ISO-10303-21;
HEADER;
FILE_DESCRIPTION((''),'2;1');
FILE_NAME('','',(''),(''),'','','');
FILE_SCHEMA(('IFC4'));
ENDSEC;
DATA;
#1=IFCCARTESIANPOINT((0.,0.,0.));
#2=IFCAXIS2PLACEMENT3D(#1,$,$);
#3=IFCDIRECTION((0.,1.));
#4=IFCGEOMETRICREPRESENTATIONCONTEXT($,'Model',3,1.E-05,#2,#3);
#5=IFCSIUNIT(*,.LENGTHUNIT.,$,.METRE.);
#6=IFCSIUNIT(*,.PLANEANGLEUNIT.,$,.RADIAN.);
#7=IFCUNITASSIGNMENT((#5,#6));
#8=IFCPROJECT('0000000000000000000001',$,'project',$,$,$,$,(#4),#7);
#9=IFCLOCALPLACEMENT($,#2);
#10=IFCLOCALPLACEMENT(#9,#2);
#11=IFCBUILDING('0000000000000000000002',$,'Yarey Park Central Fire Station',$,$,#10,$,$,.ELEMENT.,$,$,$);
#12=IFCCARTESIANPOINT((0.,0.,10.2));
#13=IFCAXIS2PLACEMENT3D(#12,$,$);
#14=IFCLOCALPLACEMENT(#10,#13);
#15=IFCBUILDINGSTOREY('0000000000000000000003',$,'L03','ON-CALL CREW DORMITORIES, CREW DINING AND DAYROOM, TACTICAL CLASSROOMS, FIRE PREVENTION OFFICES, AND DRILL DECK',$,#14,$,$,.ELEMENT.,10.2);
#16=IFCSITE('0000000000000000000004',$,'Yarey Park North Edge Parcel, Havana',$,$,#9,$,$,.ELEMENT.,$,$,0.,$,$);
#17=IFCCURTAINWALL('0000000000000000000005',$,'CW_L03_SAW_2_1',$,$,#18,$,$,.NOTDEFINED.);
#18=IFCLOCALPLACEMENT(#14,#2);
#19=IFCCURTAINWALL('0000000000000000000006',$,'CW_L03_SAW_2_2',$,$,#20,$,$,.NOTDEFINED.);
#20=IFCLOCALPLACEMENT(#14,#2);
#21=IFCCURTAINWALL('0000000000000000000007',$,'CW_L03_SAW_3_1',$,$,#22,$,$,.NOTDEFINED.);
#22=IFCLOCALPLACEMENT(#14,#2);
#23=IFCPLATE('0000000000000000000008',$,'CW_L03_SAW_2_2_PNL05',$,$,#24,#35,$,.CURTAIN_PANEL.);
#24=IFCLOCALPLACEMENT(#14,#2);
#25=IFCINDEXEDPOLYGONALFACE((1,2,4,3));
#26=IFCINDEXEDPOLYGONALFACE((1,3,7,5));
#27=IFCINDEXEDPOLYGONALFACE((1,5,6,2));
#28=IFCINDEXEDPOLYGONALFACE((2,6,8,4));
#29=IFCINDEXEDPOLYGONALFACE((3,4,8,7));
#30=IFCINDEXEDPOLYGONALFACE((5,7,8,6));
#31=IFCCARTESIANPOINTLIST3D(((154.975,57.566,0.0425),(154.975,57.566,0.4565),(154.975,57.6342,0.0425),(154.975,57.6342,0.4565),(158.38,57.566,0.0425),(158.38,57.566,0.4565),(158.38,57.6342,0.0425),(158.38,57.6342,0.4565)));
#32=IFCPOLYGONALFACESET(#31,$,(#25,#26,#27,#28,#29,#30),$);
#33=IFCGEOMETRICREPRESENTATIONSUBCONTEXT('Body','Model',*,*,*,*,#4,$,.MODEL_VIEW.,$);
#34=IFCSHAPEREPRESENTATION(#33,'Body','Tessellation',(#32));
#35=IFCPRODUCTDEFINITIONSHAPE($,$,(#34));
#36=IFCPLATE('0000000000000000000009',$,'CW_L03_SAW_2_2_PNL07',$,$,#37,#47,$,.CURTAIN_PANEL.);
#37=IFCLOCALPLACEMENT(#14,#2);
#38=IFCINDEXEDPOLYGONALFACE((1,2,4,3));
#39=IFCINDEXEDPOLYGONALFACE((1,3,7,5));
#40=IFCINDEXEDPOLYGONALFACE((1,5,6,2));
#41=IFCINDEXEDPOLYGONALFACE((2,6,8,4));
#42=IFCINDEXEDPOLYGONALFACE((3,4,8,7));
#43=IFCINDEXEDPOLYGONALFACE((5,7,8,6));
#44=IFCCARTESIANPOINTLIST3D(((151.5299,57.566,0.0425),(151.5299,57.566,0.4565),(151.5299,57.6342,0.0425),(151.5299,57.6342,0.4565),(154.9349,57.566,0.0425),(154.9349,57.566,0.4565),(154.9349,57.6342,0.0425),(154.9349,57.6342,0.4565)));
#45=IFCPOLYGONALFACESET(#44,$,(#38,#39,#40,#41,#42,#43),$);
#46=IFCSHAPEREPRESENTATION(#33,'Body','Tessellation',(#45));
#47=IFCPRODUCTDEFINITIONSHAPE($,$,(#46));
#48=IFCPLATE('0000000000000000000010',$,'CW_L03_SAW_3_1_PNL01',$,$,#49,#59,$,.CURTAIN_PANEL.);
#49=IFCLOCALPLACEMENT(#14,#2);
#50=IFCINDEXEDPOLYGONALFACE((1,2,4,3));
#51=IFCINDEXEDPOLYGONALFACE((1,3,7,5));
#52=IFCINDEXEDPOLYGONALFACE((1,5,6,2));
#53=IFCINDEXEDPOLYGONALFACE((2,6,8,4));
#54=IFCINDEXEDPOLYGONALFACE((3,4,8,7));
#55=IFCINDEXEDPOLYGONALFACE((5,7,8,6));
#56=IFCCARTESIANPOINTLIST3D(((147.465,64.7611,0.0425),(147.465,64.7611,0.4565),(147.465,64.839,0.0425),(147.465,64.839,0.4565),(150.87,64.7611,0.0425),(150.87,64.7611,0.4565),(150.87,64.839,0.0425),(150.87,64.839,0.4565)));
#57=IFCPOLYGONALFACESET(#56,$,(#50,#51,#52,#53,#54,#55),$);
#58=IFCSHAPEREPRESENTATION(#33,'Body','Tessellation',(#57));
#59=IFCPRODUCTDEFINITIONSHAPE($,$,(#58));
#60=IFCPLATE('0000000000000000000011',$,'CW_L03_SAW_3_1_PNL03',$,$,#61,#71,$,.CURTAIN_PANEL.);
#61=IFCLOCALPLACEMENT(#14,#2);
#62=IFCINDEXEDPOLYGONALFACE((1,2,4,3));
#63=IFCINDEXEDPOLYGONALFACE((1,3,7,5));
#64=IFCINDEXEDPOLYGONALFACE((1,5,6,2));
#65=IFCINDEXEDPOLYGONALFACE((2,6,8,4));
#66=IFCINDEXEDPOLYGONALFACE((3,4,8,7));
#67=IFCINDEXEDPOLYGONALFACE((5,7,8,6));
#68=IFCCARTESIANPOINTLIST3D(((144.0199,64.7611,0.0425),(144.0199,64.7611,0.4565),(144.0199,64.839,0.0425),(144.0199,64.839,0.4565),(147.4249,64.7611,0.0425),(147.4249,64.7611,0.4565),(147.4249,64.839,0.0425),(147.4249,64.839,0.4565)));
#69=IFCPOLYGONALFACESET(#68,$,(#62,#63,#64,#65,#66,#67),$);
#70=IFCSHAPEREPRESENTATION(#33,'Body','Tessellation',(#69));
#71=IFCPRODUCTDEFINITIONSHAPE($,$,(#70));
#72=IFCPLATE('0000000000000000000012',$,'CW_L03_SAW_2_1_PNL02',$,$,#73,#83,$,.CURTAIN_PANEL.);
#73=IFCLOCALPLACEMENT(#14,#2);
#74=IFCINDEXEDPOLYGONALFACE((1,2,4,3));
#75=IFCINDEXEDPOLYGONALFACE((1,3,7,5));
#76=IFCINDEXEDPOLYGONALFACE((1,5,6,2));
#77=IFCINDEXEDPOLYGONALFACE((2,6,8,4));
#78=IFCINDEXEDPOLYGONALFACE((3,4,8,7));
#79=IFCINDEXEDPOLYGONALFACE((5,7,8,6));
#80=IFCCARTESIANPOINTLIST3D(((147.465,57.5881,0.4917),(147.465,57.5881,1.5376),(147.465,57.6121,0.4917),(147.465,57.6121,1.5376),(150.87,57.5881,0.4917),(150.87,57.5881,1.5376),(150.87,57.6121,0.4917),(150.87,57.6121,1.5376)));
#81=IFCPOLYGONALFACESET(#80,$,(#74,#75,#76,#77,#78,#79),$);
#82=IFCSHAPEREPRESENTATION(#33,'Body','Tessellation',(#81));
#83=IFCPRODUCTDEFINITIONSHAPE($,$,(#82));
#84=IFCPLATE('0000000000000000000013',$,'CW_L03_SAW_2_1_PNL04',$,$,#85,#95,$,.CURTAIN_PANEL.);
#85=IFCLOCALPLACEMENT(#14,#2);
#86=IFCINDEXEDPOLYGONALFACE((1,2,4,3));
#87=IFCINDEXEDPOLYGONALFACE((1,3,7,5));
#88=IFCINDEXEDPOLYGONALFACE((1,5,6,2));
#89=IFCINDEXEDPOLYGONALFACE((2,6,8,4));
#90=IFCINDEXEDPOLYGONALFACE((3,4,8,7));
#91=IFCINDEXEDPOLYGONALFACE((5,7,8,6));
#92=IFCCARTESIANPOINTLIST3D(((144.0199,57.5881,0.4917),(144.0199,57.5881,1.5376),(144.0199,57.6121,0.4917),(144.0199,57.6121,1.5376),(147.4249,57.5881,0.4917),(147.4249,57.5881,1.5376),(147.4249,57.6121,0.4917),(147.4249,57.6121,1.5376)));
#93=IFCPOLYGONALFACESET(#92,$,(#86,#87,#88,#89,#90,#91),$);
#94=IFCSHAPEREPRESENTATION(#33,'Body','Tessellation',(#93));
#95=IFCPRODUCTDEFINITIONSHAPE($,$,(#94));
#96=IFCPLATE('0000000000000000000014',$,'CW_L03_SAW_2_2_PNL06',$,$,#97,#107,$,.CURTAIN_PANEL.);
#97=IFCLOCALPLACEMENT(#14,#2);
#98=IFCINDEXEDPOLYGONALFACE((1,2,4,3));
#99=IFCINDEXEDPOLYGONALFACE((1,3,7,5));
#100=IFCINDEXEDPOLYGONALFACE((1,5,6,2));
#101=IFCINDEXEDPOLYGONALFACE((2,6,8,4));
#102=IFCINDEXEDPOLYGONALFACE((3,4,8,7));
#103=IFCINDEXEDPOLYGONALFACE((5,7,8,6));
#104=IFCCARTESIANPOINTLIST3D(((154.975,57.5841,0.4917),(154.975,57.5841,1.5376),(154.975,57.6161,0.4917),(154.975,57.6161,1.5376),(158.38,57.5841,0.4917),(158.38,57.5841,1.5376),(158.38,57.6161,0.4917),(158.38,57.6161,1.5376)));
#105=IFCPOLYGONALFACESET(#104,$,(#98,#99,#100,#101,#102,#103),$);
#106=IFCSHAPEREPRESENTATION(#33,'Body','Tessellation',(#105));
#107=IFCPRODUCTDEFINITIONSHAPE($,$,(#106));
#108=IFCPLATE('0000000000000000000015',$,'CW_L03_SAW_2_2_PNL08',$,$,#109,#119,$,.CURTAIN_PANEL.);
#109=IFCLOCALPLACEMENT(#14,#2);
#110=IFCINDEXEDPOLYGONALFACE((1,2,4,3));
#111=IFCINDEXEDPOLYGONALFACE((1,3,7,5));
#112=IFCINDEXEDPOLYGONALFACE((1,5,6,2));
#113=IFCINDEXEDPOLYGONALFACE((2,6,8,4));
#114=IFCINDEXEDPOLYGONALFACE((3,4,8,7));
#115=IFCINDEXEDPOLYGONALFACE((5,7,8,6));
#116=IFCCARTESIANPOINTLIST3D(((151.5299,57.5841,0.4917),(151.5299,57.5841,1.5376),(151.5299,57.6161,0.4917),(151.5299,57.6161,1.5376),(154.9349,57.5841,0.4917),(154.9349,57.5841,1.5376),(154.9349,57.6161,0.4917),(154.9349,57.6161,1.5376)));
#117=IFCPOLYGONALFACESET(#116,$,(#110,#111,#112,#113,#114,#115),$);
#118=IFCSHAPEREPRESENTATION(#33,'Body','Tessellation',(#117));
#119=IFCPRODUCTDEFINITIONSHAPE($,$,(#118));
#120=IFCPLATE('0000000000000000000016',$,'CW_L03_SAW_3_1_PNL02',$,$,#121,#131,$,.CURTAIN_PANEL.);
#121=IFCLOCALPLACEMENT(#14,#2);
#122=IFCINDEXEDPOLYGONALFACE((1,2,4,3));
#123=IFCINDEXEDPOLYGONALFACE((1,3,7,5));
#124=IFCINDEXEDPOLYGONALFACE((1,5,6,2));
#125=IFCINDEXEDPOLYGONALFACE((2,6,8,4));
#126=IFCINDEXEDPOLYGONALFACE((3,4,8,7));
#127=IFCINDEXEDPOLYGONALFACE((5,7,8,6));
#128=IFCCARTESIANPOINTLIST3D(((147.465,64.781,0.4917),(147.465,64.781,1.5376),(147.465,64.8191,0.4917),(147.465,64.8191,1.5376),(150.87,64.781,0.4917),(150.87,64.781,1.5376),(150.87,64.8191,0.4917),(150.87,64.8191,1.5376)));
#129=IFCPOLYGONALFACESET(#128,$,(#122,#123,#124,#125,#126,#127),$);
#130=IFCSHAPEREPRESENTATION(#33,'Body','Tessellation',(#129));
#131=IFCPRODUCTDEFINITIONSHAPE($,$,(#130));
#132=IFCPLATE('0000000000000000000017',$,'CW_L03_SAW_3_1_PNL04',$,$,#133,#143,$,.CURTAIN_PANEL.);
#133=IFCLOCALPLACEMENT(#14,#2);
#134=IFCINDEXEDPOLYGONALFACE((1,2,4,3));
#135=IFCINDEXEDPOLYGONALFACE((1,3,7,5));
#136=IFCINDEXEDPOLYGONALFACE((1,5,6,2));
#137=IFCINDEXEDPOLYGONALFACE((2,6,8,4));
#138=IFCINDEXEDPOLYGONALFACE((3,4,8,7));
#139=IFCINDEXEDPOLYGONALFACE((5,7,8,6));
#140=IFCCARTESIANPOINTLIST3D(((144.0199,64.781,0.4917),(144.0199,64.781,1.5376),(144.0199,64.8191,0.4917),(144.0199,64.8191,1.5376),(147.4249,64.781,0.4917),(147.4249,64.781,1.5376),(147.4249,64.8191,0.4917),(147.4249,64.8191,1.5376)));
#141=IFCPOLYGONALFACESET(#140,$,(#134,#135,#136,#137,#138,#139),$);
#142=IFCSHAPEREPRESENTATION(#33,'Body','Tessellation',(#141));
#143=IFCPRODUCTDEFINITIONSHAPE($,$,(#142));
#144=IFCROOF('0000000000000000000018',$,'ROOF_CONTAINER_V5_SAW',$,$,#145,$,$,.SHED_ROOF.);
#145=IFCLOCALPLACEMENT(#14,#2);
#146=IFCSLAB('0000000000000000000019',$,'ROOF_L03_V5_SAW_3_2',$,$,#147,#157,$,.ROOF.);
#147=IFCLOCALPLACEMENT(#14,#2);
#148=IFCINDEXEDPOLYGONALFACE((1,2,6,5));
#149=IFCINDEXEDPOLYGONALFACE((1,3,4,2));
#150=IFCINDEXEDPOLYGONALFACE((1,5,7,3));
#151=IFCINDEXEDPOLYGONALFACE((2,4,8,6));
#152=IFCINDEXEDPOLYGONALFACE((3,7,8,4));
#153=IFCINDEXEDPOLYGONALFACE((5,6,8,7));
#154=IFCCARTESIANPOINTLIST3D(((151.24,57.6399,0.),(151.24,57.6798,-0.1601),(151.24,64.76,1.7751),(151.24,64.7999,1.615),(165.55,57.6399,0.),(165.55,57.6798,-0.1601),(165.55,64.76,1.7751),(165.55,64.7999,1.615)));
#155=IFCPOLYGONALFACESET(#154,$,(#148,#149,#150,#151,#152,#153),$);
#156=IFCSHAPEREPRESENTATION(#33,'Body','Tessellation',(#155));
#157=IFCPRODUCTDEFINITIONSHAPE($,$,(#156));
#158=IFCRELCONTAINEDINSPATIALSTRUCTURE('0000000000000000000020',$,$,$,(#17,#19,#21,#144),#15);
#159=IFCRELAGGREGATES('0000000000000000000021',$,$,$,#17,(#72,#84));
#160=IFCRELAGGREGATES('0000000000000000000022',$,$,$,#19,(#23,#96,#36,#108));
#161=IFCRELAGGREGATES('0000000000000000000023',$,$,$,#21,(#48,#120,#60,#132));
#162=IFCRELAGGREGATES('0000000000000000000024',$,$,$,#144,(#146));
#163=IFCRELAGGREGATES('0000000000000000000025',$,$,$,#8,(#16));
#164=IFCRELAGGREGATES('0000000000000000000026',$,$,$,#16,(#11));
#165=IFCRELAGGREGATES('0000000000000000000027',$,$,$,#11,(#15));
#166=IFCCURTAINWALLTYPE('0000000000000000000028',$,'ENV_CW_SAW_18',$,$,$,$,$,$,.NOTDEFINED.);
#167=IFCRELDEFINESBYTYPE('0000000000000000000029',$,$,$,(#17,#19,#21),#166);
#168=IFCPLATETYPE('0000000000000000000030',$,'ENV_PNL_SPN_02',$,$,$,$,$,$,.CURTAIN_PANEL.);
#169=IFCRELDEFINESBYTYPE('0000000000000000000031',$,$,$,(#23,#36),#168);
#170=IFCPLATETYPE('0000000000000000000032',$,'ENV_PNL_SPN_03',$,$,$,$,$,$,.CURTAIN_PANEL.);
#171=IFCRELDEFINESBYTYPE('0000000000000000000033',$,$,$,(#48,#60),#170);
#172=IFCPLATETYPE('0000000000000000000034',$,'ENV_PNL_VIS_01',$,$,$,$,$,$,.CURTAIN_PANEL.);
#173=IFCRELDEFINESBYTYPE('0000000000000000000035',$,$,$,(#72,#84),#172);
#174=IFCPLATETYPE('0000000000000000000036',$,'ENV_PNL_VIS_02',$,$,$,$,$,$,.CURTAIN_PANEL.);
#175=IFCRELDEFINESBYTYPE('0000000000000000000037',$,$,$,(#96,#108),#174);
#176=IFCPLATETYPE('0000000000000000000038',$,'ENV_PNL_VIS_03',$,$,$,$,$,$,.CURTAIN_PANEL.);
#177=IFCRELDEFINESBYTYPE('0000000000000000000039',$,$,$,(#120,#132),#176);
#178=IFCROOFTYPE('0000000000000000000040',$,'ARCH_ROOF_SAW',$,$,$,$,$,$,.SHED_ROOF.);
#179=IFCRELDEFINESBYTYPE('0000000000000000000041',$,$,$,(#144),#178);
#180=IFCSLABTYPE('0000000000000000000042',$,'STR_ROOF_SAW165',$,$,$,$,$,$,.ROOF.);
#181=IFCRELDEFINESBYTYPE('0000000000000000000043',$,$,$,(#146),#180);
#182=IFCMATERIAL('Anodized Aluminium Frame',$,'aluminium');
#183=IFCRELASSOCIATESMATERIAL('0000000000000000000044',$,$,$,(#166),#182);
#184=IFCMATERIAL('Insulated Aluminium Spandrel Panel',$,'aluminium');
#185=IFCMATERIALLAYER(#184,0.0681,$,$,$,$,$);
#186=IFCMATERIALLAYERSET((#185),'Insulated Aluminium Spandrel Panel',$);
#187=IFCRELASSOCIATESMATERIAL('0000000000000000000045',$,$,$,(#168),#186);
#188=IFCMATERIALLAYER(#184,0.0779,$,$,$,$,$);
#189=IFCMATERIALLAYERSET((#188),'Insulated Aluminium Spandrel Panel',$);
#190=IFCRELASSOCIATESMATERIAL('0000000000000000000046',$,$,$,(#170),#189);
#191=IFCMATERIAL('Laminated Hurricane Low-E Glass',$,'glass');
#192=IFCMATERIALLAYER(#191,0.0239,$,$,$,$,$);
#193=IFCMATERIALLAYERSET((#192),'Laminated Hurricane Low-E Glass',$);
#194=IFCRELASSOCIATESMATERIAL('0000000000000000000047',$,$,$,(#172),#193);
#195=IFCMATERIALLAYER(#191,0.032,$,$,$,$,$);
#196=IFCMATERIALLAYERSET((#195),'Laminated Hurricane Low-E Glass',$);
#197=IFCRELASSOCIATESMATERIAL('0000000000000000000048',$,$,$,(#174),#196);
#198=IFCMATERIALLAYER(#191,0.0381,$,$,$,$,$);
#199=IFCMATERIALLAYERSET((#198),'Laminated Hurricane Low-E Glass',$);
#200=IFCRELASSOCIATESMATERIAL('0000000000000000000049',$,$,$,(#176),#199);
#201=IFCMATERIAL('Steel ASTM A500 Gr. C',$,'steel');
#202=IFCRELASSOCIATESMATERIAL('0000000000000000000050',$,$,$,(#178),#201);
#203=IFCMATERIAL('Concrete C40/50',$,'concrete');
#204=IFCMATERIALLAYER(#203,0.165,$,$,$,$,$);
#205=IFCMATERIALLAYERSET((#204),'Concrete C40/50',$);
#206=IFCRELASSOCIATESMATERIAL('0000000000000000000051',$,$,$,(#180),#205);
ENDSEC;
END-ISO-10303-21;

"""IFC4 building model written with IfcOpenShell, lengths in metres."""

from ifc_helpers import new_model, si_unit, direction, frame, origin, origin_2d, place, context, subcontext, project, spatial, polyline, rectangle, outline, extrude, material, layer, layer_set, type_object, element, aggregate, save


model = new_model("IFC4")

# Units and contexts
model_context = context("Model", 3, precision=1e-05, world=origin(), true_north=direction((0.0, 1.0)))
body_context = subcontext(model_context, "Body", "Model", "MODEL_VIEW")
ifc_project = project(units=[si_unit("LENGTHUNIT", "METRE"), si_unit("PLANEANGLEUNIT", "RADIAN")], contexts=[model_context])

# Site, building, storey
site_placement = place(None, origin())
site = spatial("IfcSite", under=ifc_project, at=site_placement, Name="Yarey Park North Edge Parcel, Havana", CompositionType="ELEMENT", RefElevation=0.0)
building_placement = place(site_placement, origin())
building = spatial("IfcBuilding", under=site, at=building_placement, Name="Yarey Park Central Fire Station", CompositionType="ELEMENT")
storey_placement = place(building_placement, frame((0.0, 0.0, 10.2)))
storey = spatial("IfcBuildingStorey", under=building, at=storey_placement, Name="L03", Description="ON-CALL CREW DORMITORIES, CREW DINING AND DAYROOM, TACTICAL CLASSROOMS, FIRE PREVENTION OFFICES, AND DRILL DECK", CompositionType="ELEMENT", Elevation=10.2)

# Curtain walls
ifc_material_1 = material(Name="Anodized Aluminium Frame", Category="aluminium")
curtain_wall_type = type_object("IfcCurtainWallType", Name="ENV_CW_SAW_18", PredefinedType="NOTDEFINED", material=ifc_material_1)
curtain_wall_1_placement = place(storey_placement, origin())
curtain_wall_1 = element("IfcCurtainWall", 1, at=curtain_wall_1_placement, inside=storey, type_object=curtain_wall_type, Name="CW_L03_SAW_2_1", PredefinedType="NOTDEFINED")
curtain_wall_2_placement = place(storey_placement, origin())
curtain_wall_2 = element("IfcCurtainWall", 2, at=curtain_wall_2_placement, inside=storey, type_object=curtain_wall_type, Name="CW_L03_SAW_2_2", PredefinedType="NOTDEFINED")
curtain_wall_3_placement = place(storey_placement, origin())
curtain_wall_3 = element("IfcCurtainWall", 3, at=curtain_wall_3_placement, inside=storey, type_object=curtain_wall_type, Name="CW_L03_SAW_3_1", PredefinedType="NOTDEFINED")

# Shared definitions
ifc_material_2 = material(Name="Steel ASTM A500 Gr. C", Category="steel")

# Plates
ifc_material_3 = material(Name="Insulated Aluminium Spandrel Panel", Category="aluminium")
ifc_layer_1 = layer(ifc_material_3, 0.0681)
ifc_layer_set_1 = layer_set([ifc_layer_1], Name="Insulated Aluminium Spandrel Panel")
plate_type_1 = type_object("IfcPlateType", Name="ENV_PNL_SPN_02", PredefinedType="CURTAIN_PANEL", material=ifc_layer_set_1)
plate_1_placement = place(storey_placement, frame((156.6775, 57.6001, 0.0425), z_axis=(0.0, 0.0, 1.0), x_axis=(-1.0, 0.0, 0.0)))
plate_1 = element("IfcPlate", 4, at=plate_1_placement, type_object=plate_type_1, Name="CW_L03_SAW_2_2_PNL05", PredefinedType="CURTAIN_PANEL", context=body_context, shape_type="SweptSolid", body=[
    extrude(rectangle(XDim=3.405, YDim=0.0681, at=origin_2d()), origin(), (0.0, 0.0, 1.0), 0.4141),
])
plate_2_placement = place(storey_placement, frame((153.2324, 57.6001, 0.0425), z_axis=(0.0, 0.0, 1.0), x_axis=(-1.0, 0.0, 0.0)))
plate_2 = element("IfcPlate", 5, at=plate_2_placement, type_object=plate_type_1, Name="CW_L03_SAW_2_2_PNL07", PredefinedType="CURTAIN_PANEL", context=body_context, shape_type="SweptSolid", body=[
    extrude(rectangle(XDim=3.405, YDim=0.0681, at=origin_2d()), origin(), (0.0, 0.0, 1.0), 0.4141),
])
ifc_layer_2 = layer(ifc_material_3, 0.0779)
ifc_layer_set_2 = layer_set([ifc_layer_2], Name="Insulated Aluminium Spandrel Panel")
plate_type_2 = type_object("IfcPlateType", Name="ENV_PNL_SPN_03", PredefinedType="CURTAIN_PANEL", material=ifc_layer_set_2)
plate_3_placement = place(storey_placement, frame((149.1675, 64.8, 0.0425), z_axis=(0.0, 0.0, 1.0), x_axis=(-1.0, 0.0, 0.0)))
plate_3 = element("IfcPlate", 6, at=plate_3_placement, type_object=plate_type_2, Name="CW_L03_SAW_3_1_PNL01", PredefinedType="CURTAIN_PANEL", context=body_context, shape_type="SweptSolid", body=[
    extrude(rectangle(XDim=3.405, YDim=0.0779, at=origin_2d()), origin(), (0.0, 0.0, 1.0), 0.4141),
])
plate_4_placement = place(storey_placement, frame((145.7224, 64.8, 0.0425), z_axis=(0.0, 0.0, 1.0), x_axis=(-1.0, 0.0, 0.0)))
plate_4 = element("IfcPlate", 7, at=plate_4_placement, type_object=plate_type_2, Name="CW_L03_SAW_3_1_PNL03", PredefinedType="CURTAIN_PANEL", context=body_context, shape_type="SweptSolid", body=[
    extrude(rectangle(XDim=3.405, YDim=0.0779, at=origin_2d()), origin(), (0.0, 0.0, 1.0), 0.4141),
])
ifc_material_4 = material(Name="Laminated Hurricane Low-E Glass", Category="glass")
ifc_layer_3 = layer(ifc_material_4, 0.0239)
ifc_layer_set_3 = layer_set([ifc_layer_3], Name="Laminated Hurricane Low-E Glass")
plate_type_3 = type_object("IfcPlateType", Name="ENV_PNL_VIS_01", PredefinedType="CURTAIN_PANEL", material=ifc_layer_set_3)
plate_5_placement = place(storey_placement, frame((149.1675, 57.6001, 0.4917), z_axis=(0.0, 0.0, 1.0), x_axis=(-1.0, 0.0, 0.0)))
plate_5 = element("IfcPlate", 8, at=plate_5_placement, type_object=plate_type_3, Name="CW_L03_SAW_2_1_PNL02", PredefinedType="CURTAIN_PANEL", context=body_context, shape_type="SweptSolid", body=[
    extrude(rectangle(XDim=3.405, YDim=0.0239, at=origin_2d()), origin(), (0.0, 0.0, 1.0), 1.0459),
])
plate_6_placement = place(storey_placement, frame((145.7224, 57.6001, 0.4917), z_axis=(0.0, 0.0, 1.0), x_axis=(-1.0, 0.0, 0.0)))
plate_6 = element("IfcPlate", 9, at=plate_6_placement, type_object=plate_type_3, Name="CW_L03_SAW_2_1_PNL04", PredefinedType="CURTAIN_PANEL", context=body_context, shape_type="SweptSolid", body=[
    extrude(rectangle(XDim=3.405, YDim=0.0239, at=origin_2d()), origin(), (0.0, 0.0, 1.0), 1.0459),
])
aggregate(curtain_wall_1, [plate_5, plate_6])
ifc_layer_4 = layer(ifc_material_4, 0.032)
ifc_layer_set_4 = layer_set([ifc_layer_4], Name="Laminated Hurricane Low-E Glass")
plate_type_4 = type_object("IfcPlateType", Name="ENV_PNL_VIS_02", PredefinedType="CURTAIN_PANEL", material=ifc_layer_set_4)
plate_7_placement = place(storey_placement, frame((156.6775, 57.6001, 0.4917), z_axis=(0.0, 0.0, 1.0), x_axis=(-1.0, 0.0, 0.0)))
plate_7 = element("IfcPlate", 10, at=plate_7_placement, type_object=plate_type_4, Name="CW_L03_SAW_2_2_PNL06", PredefinedType="CURTAIN_PANEL", context=body_context, shape_type="SweptSolid", body=[
    extrude(rectangle(XDim=3.405, YDim=0.032, at=origin_2d()), origin(), (0.0, 0.0, 1.0), 1.0459),
])
plate_8_placement = place(storey_placement, frame((153.2324, 57.6001, 0.4917), z_axis=(0.0, 0.0, 1.0), x_axis=(-1.0, 0.0, 0.0)))
plate_8 = element("IfcPlate", 11, at=plate_8_placement, type_object=plate_type_4, Name="CW_L03_SAW_2_2_PNL08", PredefinedType="CURTAIN_PANEL", context=body_context, shape_type="SweptSolid", body=[
    extrude(rectangle(XDim=3.405, YDim=0.032, at=origin_2d()), origin(), (0.0, 0.0, 1.0), 1.0459),
])
aggregate(curtain_wall_2, [plate_1, plate_7, plate_2, plate_8])
ifc_layer_5 = layer(ifc_material_4, 0.0381)
ifc_layer_set_5 = layer_set([ifc_layer_5], Name="Laminated Hurricane Low-E Glass")
plate_type_5 = type_object("IfcPlateType", Name="ENV_PNL_VIS_03", PredefinedType="CURTAIN_PANEL", material=ifc_layer_set_5)
plate_9_placement = place(storey_placement, frame((149.1675, 64.8, 0.4917), z_axis=(0.0, 0.0, 1.0), x_axis=(-1.0, 0.0, 0.0)))
plate_9 = element("IfcPlate", 12, at=plate_9_placement, type_object=plate_type_5, Name="CW_L03_SAW_3_1_PNL02", PredefinedType="CURTAIN_PANEL", context=body_context, shape_type="SweptSolid", body=[
    extrude(rectangle(XDim=3.405, YDim=0.0381, at=origin_2d()), origin(), (0.0, 0.0, 1.0), 1.0459),
])
plate_10_placement = place(storey_placement, frame((145.7224, 64.8, 0.4917), z_axis=(0.0, 0.0, 1.0), x_axis=(-1.0, 0.0, 0.0)))
plate_10 = element("IfcPlate", 13, at=plate_10_placement, type_object=plate_type_5, Name="CW_L03_SAW_3_1_PNL04", PredefinedType="CURTAIN_PANEL", context=body_context, shape_type="SweptSolid", body=[
    extrude(rectangle(XDim=3.405, YDim=0.0381, at=origin_2d()), origin(), (0.0, 0.0, 1.0), 1.0459),
])
aggregate(curtain_wall_3, [plate_3, plate_9, plate_4, plate_10])

# Roof, slab
roof_type = type_object("IfcRoofType", Name="ARCH_ROOF_SAW", PredefinedType="SHED_ROOF", material=ifc_material_2)
roof_placement = place(storey_placement, origin())
roof = element("IfcRoof", 14, at=roof_placement, inside=storey, type_object=roof_type, Name="ROOF_CONTAINER_V5_SAW", PredefinedType="SHED_ROOF")
ifc_material_5 = material(Name="Concrete C40/50", Category="concrete")
ifc_layer_6 = layer(ifc_material_5, 0.165)
ifc_layer_set_6 = layer_set([ifc_layer_6], Name="Concrete C40/50")
slab_type = type_object("IfcSlabType", Name="STR_ROOF_SAW165", PredefinedType="ROOF", material=ifc_layer_set_6)
slab_placement = place(storey_placement, frame((151.24, 57.6399, 0.0), z_axis=(0.0, -0.241909, 0.970299), x_axis=(1.0, 0.0, 0.0)))
slab = element("IfcSlab", 15, at=slab_placement, type_object=slab_type, Name="ROOF_L03_V5_SAW_3_2", PredefinedType="ROOF", context=body_context, shape_type="SweptSolid", body=[
    extrude(outline(polyline([(0.0, 0.0), (14.3101, 0.0), (14.3101, 7.3381), (0.0, 7.3381), (0.0, 0.0)])), origin(), (0.0, 0.0, -1.0), 0.165),
])
aggregate(roof, [slab])

save(model, "model.ifc")
